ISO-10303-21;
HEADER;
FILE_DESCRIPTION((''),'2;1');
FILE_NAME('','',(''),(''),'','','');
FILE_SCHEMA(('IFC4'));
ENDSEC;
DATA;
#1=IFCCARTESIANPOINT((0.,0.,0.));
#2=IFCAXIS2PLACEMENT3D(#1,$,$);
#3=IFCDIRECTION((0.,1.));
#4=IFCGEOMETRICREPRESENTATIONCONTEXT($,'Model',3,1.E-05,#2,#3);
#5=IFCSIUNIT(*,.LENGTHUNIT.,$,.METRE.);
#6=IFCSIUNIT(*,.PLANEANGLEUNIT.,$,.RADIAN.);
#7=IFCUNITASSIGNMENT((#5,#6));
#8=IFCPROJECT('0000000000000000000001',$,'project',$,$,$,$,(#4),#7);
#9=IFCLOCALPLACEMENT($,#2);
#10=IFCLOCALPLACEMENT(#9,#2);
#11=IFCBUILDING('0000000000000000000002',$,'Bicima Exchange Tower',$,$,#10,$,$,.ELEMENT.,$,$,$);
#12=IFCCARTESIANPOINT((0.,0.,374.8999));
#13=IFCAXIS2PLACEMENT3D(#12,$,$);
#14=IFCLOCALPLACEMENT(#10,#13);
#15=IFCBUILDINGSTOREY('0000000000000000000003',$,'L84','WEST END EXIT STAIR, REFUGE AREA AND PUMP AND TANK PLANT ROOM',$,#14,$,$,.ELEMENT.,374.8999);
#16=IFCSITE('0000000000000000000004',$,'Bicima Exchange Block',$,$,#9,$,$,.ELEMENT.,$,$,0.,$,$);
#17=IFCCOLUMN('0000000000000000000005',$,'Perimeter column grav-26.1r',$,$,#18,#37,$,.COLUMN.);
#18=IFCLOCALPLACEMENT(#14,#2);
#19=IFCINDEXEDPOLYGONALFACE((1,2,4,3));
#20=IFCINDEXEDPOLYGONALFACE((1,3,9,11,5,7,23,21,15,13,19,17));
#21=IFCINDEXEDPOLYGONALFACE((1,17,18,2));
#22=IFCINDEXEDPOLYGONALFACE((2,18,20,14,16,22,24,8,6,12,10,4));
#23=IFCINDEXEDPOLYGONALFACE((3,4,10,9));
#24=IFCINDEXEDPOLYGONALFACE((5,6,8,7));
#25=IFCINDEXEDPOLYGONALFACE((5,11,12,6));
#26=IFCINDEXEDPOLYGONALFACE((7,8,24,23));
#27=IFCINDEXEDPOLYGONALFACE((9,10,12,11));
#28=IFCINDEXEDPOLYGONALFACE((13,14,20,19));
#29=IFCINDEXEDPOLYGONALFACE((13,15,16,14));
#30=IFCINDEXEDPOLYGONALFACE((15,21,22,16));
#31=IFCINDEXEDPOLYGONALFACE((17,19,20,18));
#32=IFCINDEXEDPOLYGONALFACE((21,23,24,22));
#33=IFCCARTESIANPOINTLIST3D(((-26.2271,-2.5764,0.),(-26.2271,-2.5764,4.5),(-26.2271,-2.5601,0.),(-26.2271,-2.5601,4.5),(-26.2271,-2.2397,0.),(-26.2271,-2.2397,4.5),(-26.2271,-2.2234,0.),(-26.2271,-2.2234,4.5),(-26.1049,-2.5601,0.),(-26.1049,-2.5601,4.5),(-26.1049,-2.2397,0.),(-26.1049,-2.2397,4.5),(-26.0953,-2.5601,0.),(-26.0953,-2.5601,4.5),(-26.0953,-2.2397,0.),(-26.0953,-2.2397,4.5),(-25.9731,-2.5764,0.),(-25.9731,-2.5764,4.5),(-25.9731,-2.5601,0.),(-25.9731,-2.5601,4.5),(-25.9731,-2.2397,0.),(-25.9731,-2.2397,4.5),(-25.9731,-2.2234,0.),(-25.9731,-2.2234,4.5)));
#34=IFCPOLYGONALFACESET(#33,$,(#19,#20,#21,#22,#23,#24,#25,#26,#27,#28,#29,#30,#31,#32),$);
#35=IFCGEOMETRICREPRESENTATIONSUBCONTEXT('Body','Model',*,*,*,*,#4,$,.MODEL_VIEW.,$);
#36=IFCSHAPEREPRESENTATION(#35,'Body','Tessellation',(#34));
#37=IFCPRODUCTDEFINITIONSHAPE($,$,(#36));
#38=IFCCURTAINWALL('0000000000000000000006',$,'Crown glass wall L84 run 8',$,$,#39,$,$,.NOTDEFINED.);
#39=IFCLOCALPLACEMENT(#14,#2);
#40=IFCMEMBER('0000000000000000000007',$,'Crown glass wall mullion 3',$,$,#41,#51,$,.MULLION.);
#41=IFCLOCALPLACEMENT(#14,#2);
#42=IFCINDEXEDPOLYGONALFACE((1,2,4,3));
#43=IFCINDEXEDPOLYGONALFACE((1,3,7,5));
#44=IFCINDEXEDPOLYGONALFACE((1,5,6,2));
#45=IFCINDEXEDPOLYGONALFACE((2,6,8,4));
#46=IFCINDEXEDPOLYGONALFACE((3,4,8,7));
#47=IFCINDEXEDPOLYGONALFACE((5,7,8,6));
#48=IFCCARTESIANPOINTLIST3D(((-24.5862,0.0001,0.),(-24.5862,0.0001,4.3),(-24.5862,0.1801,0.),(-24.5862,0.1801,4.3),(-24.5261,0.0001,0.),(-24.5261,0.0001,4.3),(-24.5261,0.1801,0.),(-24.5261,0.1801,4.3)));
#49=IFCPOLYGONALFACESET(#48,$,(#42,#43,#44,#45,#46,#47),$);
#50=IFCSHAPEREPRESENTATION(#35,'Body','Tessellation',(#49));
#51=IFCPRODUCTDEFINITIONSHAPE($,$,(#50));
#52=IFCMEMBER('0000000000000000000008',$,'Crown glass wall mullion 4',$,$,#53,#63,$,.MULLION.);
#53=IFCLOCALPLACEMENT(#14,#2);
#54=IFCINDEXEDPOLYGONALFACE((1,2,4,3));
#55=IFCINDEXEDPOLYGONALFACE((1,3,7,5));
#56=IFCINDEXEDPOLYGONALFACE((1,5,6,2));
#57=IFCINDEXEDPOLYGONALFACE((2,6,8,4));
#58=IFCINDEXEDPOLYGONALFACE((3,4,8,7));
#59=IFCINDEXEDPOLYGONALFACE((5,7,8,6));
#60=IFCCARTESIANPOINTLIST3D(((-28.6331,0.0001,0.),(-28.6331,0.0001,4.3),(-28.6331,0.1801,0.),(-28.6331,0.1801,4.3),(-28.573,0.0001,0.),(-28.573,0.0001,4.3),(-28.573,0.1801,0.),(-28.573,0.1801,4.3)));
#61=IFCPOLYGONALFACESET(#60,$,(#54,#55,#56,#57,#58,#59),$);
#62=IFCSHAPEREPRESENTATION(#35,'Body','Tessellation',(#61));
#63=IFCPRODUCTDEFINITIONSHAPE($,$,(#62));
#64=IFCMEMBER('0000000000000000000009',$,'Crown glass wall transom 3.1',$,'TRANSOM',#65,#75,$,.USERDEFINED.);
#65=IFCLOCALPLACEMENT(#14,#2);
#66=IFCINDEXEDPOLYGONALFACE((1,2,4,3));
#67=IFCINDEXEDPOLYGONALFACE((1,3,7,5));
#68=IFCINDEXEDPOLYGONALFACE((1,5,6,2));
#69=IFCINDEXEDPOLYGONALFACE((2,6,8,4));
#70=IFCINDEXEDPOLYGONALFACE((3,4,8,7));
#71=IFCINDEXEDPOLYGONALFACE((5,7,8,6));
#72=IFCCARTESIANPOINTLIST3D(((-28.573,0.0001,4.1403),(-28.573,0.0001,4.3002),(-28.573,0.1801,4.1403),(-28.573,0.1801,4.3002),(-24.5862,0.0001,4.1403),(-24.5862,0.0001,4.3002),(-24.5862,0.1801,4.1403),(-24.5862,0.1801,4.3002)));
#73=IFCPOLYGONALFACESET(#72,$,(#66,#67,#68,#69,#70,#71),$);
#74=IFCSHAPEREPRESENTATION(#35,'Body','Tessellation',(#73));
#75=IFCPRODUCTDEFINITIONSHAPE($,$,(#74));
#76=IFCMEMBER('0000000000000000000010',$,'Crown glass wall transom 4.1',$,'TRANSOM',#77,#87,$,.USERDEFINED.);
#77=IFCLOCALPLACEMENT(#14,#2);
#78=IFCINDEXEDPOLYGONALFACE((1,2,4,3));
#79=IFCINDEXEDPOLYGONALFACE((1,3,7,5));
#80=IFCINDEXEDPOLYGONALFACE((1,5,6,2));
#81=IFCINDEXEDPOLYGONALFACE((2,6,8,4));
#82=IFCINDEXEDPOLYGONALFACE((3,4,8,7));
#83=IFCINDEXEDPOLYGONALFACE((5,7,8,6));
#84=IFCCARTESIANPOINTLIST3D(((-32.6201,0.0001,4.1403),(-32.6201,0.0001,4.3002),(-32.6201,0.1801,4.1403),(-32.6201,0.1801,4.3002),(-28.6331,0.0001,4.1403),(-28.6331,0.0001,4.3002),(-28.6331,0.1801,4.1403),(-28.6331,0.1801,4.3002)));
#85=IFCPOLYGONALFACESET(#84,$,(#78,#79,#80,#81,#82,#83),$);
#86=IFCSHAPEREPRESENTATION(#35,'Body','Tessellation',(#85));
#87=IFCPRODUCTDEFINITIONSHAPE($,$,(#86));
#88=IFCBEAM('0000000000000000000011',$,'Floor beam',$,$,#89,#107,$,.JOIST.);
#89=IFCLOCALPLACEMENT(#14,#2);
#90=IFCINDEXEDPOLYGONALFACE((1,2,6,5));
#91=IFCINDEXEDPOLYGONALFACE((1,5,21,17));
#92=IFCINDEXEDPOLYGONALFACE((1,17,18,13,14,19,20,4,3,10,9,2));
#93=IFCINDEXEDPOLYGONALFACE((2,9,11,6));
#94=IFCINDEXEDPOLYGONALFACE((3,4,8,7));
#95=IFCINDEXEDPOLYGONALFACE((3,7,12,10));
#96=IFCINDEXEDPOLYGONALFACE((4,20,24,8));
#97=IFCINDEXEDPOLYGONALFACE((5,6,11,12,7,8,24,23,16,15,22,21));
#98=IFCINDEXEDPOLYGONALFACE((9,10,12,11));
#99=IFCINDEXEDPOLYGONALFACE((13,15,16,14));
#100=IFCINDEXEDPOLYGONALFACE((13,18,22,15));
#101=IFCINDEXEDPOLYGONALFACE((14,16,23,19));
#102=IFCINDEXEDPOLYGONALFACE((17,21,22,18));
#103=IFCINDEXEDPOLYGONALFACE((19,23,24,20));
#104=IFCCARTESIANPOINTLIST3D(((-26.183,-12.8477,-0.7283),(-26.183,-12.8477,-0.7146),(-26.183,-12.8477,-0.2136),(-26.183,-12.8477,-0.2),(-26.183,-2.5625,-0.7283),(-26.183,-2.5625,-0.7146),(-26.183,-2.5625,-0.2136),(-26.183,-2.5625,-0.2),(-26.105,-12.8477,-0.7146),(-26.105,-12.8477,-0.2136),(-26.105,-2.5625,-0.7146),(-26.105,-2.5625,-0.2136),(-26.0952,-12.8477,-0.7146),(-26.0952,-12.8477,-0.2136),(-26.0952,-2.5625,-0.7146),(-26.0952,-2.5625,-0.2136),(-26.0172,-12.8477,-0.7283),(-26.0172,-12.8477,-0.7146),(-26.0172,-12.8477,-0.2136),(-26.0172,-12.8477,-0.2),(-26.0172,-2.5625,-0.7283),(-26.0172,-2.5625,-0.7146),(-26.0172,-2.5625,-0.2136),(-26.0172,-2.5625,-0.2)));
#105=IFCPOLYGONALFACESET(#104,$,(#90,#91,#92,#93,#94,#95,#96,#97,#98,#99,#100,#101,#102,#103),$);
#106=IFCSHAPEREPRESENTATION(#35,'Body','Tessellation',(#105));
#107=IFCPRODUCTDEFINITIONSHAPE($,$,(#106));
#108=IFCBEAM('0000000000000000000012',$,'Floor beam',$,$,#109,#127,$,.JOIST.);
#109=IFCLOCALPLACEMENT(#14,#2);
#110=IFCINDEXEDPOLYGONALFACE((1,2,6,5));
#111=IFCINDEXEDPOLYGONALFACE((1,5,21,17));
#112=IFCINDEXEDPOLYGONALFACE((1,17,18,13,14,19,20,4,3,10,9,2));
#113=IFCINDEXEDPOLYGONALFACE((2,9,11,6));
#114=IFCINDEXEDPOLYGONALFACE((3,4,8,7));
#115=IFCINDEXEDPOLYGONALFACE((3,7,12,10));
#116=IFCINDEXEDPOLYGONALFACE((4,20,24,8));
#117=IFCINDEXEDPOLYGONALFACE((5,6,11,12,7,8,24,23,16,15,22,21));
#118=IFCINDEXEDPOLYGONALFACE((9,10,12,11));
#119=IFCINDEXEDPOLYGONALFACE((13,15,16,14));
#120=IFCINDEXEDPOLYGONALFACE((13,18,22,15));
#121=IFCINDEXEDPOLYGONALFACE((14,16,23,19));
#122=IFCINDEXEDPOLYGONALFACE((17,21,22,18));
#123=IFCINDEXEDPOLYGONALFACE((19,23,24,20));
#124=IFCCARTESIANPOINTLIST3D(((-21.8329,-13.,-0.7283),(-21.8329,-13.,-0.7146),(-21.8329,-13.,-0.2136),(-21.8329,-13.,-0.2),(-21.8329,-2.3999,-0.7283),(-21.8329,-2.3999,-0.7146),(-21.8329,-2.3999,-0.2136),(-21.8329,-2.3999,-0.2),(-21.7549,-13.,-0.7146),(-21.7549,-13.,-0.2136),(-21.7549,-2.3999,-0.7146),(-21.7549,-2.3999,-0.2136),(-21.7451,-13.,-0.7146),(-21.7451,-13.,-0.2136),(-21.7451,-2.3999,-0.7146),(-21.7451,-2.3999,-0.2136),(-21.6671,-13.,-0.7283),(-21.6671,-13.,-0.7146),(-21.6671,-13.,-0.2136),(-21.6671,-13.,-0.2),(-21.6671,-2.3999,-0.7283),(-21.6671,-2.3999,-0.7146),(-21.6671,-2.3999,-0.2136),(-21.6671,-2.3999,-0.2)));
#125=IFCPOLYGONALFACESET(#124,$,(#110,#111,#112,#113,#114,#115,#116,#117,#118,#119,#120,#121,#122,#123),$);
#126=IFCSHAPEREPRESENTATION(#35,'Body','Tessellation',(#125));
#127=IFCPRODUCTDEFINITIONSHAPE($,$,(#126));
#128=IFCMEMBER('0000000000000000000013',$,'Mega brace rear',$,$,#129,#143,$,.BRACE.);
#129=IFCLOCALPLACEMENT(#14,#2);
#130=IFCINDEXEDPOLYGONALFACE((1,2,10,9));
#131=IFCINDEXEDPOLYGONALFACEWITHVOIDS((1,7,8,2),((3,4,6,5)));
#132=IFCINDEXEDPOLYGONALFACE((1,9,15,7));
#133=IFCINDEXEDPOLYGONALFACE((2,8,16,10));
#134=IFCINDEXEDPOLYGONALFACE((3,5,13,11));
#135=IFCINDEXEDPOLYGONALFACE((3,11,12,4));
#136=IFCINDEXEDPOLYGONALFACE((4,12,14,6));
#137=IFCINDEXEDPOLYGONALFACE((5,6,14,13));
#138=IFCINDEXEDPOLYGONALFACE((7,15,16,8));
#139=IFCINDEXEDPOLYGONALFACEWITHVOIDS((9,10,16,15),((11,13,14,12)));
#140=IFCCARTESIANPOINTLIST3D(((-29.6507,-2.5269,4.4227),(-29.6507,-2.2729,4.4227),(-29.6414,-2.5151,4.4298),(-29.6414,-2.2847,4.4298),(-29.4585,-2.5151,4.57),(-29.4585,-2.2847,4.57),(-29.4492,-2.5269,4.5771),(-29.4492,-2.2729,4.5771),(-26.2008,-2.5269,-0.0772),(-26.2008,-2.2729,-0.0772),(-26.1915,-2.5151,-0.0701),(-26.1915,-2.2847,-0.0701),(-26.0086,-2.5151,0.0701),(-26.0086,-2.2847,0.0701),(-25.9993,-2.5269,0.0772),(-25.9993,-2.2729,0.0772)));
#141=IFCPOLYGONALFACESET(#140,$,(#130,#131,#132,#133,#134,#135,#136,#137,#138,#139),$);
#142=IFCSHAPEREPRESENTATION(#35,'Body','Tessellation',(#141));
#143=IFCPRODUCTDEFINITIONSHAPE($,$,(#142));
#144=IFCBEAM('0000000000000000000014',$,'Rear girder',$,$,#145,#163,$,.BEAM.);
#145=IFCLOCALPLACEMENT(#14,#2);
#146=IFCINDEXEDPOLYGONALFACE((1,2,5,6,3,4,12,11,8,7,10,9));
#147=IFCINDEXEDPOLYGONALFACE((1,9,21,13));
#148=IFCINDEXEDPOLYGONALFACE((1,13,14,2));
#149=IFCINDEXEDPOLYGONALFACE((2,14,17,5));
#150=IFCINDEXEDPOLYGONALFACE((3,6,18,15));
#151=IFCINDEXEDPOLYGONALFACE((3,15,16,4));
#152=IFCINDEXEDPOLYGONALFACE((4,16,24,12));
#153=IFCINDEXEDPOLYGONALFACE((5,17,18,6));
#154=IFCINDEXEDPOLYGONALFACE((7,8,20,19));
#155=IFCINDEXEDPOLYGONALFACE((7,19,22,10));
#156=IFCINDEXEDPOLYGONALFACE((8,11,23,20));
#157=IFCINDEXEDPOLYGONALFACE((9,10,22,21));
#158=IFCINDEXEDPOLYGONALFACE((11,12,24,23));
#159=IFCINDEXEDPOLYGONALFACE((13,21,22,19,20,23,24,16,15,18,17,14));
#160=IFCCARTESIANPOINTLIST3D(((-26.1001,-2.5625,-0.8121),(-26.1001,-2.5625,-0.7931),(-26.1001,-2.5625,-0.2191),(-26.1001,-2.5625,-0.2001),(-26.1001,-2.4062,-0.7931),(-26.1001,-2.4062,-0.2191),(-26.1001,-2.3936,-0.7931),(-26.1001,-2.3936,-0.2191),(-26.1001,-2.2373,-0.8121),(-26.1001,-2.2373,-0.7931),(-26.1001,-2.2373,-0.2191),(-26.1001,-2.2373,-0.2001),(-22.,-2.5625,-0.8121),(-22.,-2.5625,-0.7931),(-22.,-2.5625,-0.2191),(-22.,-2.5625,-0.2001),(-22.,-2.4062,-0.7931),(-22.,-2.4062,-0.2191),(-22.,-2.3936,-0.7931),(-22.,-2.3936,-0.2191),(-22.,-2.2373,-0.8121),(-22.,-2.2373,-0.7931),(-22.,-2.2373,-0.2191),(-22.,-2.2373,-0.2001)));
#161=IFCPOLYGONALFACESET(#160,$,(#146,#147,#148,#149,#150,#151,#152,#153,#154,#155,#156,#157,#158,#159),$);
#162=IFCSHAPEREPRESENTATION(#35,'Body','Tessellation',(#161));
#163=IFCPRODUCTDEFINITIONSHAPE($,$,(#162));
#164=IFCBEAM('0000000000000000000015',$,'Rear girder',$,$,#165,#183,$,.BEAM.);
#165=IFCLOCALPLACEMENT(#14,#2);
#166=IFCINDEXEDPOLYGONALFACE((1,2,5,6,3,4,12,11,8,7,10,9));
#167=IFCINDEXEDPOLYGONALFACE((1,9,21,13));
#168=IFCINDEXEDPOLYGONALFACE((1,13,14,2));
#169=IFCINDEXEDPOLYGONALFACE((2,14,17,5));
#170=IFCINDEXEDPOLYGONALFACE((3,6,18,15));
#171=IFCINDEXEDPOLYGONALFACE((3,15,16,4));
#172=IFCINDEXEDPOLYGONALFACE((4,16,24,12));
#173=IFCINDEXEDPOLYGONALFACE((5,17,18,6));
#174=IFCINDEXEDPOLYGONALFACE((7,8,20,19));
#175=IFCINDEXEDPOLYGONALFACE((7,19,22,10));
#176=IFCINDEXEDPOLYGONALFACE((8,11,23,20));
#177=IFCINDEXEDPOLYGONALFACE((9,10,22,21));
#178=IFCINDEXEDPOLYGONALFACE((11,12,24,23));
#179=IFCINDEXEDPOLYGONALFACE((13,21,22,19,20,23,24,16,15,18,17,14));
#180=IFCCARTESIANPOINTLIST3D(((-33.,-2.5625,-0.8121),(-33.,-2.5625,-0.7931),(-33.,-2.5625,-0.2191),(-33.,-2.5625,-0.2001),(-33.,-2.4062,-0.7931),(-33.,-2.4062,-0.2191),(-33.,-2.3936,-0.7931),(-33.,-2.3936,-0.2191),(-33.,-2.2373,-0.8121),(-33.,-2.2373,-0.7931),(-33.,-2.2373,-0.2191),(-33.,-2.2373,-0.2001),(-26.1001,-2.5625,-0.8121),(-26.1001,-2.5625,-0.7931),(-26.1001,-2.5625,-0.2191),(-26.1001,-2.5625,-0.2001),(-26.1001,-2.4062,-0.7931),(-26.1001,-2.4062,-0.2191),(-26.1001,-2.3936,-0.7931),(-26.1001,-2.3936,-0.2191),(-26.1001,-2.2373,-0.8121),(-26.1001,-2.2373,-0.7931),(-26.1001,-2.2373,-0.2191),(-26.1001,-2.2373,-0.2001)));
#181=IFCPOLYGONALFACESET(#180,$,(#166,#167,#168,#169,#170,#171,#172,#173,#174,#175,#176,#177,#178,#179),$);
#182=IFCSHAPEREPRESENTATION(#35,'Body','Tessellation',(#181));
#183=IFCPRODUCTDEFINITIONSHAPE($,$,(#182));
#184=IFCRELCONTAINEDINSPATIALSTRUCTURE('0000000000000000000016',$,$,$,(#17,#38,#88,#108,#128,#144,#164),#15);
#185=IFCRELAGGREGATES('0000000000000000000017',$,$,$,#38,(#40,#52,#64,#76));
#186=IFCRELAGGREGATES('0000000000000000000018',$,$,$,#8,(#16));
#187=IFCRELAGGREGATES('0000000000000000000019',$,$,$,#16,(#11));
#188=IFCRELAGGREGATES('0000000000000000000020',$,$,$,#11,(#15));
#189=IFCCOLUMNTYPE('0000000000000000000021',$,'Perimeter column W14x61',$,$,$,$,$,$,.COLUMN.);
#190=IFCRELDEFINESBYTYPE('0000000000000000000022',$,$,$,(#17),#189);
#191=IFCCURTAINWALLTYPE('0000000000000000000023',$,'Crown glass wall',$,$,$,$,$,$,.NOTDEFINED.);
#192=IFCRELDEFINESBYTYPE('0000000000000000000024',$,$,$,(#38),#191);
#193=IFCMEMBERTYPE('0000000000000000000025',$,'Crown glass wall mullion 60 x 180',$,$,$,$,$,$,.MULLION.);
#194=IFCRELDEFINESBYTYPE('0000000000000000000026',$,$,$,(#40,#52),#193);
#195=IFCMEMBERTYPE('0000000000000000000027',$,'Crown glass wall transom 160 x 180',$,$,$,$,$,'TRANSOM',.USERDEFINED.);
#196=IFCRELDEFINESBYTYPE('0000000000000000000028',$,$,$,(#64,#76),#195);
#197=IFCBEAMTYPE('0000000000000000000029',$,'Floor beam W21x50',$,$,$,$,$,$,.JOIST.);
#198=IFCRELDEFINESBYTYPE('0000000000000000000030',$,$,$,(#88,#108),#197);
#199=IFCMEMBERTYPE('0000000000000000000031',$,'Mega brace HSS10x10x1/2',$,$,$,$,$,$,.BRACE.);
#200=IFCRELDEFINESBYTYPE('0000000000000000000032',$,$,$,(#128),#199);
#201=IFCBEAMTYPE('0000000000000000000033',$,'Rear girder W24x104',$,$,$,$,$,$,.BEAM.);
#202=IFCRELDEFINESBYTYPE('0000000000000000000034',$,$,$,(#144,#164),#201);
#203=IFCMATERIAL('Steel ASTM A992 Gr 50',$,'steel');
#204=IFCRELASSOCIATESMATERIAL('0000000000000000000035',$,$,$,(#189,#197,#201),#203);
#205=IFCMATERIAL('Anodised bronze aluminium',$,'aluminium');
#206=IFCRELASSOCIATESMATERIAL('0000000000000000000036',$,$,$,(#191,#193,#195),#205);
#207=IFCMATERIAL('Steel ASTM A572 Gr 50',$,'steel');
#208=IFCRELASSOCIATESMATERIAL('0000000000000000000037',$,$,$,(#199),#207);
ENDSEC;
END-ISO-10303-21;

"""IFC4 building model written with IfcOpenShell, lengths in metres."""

from ifc_helpers import new_model, si_unit, direction, frame, origin, origin_2d, place, context, subcontext, project, spatial, rectangle, hollow_rectangle, i_section, extrude, material, material_profile, profile_set, type_object, element, aggregate, save


model = new_model("IFC4")

# Units and contexts
model_context = context("Model", 3, precision=1e-05, world=origin(), true_north=direction((0.0, 1.0)))
body_context = subcontext(model_context, "Body", "Model", "MODEL_VIEW")
ifc_project = project(units=[si_unit("LENGTHUNIT", "METRE"), si_unit("PLANEANGLEUNIT", "RADIAN")], contexts=[model_context])

# Site, building, storey
site_placement = place(None, origin())
site = spatial("IfcSite", under=ifc_project, at=site_placement, Name="Bicima Exchange Block", CompositionType="ELEMENT", RefElevation=0.0)
building_placement = place(site_placement, origin())
building = spatial("IfcBuilding", under=site, at=building_placement, Name="Bicima Exchange Tower", CompositionType="ELEMENT")
storey_placement = place(building_placement, frame((0.0, 0.0, 374.8999)))
storey = spatial("IfcBuildingStorey", under=building, at=storey_placement, Name="L84", Description="WEST END EXIT STAIR, REFUGE AREA AND PUMP AND TANK PLANT ROOM", CompositionType="ELEMENT", Elevation=374.8999)

# Column
ifc_material_1 = material(Name="Steel ASTM A992 Gr 50", Category="steel")
ifc_material_profile_1 = material_profile(ifc_material_1, i_section(OverallWidth=0.2539, OverallDepth=0.353, WebThickness=0.0095, FlangeThickness=0.0164, at=origin_2d()))
ifc_profile_set_1 = profile_set([ifc_material_profile_1], Name="Steel ASTM A992 Gr 50")
column_type = type_object("IfcColumnType", Name="Perimeter column W14x61", PredefinedType="COLUMN", material=ifc_profile_set_1)
column_placement = place(storey_placement, frame((-26.1001, -2.3999, 0.0), z_axis=(0.0, 0.0, 1.0), x_axis=(1.0, 0.0, 0.0)))
element("IfcColumn", 1, at=column_placement, inside=storey, type_object=column_type, Name="Perimeter column grav-26.1r", PredefinedType="COLUMN", context=body_context, shape_type="SweptSolid", body=[
    extrude(i_section(OverallWidth=0.2539, OverallDepth=0.353, WebThickness=0.0095, FlangeThickness=0.0164, at=origin_2d()), origin(), (0.0, 0.0, 1.0), 4.5),
])

# Curtain wall, members
ifc_material_2 = material(Name="Anodised bronze aluminium", Category="aluminium")
curtain_wall_type = type_object("IfcCurtainWallType", Name="Crown glass wall", PredefinedType="NOTDEFINED", material=ifc_material_2)
curtain_wall_placement = place(storey_placement, origin())
curtain_wall = element("IfcCurtainWall", 2, at=curtain_wall_placement, inside=storey, type_object=curtain_wall_type, Name="Crown glass wall L84 run 8", PredefinedType="NOTDEFINED")
ifc_material_profile_2 = material_profile(ifc_material_2, rectangle(XDim=0.1799, YDim=0.0601, at=origin_2d()))
ifc_profile_set_2 = profile_set([ifc_material_profile_2], Name="Anodised bronze aluminium")
member_type_1 = type_object("IfcMemberType", Name="Crown glass wall mullion 60 x 180", PredefinedType="MULLION", material=ifc_profile_set_2)
member_1_placement = place(storey_placement, frame((-24.5562, 0.0901, 0.0), z_axis=(0.0, 0.0, 1.0), x_axis=(0.0, -1.0, 0.0)))
member_1 = element("IfcMember", 3, at=member_1_placement, type_object=member_type_1, Name="Crown glass wall mullion 3", PredefinedType="MULLION", context=body_context, shape_type="SweptSolid", body=[
    extrude(rectangle(XDim=0.1799, YDim=0.0601, at=origin_2d()), origin(), (0.0, 0.0, 1.0), 4.3),
])
member_2_placement = place(storey_placement, frame((-28.603, 0.0901, 0.0), z_axis=(0.0, 0.0, 1.0), x_axis=(0.0, -1.0, 0.0)))
member_2 = element("IfcMember", 4, at=member_2_placement, type_object=member_type_1, Name="Crown glass wall mullion 4", PredefinedType="MULLION", context=body_context, shape_type="SweptSolid", body=[
    extrude(rectangle(XDim=0.1799, YDim=0.0601, at=origin_2d()), origin(), (0.0, 0.0, 1.0), 4.3),
])
ifc_material_profile_3 = material_profile(ifc_material_2, rectangle(XDim=0.1799, YDim=0.1599, at=origin_2d()))
ifc_profile_set_3 = profile_set([ifc_material_profile_3], Name="Anodised bronze aluminium")
member_type_2 = type_object("IfcMemberType", Name="Crown glass wall transom 160 x 180", ElementType="TRANSOM", PredefinedType="USERDEFINED", material=ifc_profile_set_3)
member_3_placement = place(storey_placement, frame((-24.5862, 0.0901, 4.2202), z_axis=(-1.0, 0.0, 0.0), x_axis=(0.0, -1.0, 0.0)))
member_3 = element("IfcMember", 5, at=member_3_placement, type_object=member_type_2, Name="Crown glass wall transom 3.1", ObjectType="TRANSOM", PredefinedType="USERDEFINED", context=body_context, shape_type="SweptSolid", body=[
    extrude(rectangle(XDim=0.1799, YDim=0.1599, at=origin_2d()), origin(), (0.0, 0.0, 1.0), 3.9868),
])
member_4_placement = place(storey_placement, frame((-28.6331, 0.0901, 4.2202), z_axis=(-1.0, 0.0, 0.0), x_axis=(0.0, -1.0, 0.0)))
member_4 = element("IfcMember", 6, at=member_4_placement, type_object=member_type_2, Name="Crown glass wall transom 4.1", ObjectType="TRANSOM", PredefinedType="USERDEFINED", context=body_context, shape_type="SweptSolid", body=[
    extrude(rectangle(XDim=0.1799, YDim=0.1599, at=origin_2d()), origin(), (0.0, 0.0, 1.0), 3.9871),
])

# Beams
ifc_material_profile_4 = material_profile(ifc_material_1, i_section(OverallWidth=0.1658, OverallDepth=0.5283, WebThickness=0.0098, FlangeThickness=0.0137, at=origin_2d()))
ifc_profile_set_4 = profile_set([ifc_material_profile_4], Name="Steel ASTM A992 Gr 50")
beam_type_1 = type_object("IfcBeamType", Name="Floor beam W21x50", PredefinedType="JOIST", material=ifc_profile_set_4)
beam_1_placement = place(storey_placement, frame((-26.1001, -2.5625, -0.4641), z_axis=(0.0, -1.0, 0.0), x_axis=(1.0, 0.0, 0.0)))
element("IfcBeam", 7, at=beam_1_placement, inside=storey, type_object=beam_type_1, Name="Floor beam", PredefinedType="JOIST", context=body_context, shape_type="SweptSolid", body=[
    extrude(i_section(OverallWidth=0.1658, OverallDepth=0.5283, WebThickness=0.0098, FlangeThickness=0.0137, at=origin_2d()), origin(), (0.0, 0.0, 1.0), 10.2852),
])
beam_2_placement = place(storey_placement, frame((-21.75, -2.3999, -0.4641), z_axis=(0.0, -1.0, 0.0), x_axis=(1.0, 0.0, 0.0)))
element("IfcBeam", 8, at=beam_2_placement, inside=storey, type_object=beam_type_1, Name="Floor beam", PredefinedType="JOIST", context=body_context, shape_type="SweptSolid", body=[
    extrude(i_section(OverallWidth=0.1658, OverallDepth=0.5283, WebThickness=0.0098, FlangeThickness=0.0137, at=origin_2d()), origin(), (0.0, 0.0, 1.0), 10.6001),
])

# Member
ifc_material_3 = material(Name="Steel ASTM A572 Gr 50", Category="steel")
ifc_material_profile_5 = material_profile(ifc_material_3, hollow_rectangle(XDim=0.2539, YDim=0.2539, WallThickness=0.0117, at=origin_2d()))
ifc_profile_set_5 = profile_set([ifc_material_profile_5], Name="Steel ASTM A572 Gr 50")
member_type_3 = type_object("IfcMemberType", Name="Mega brace HSS10x10x1/2", PredefinedType="BRACE", material=ifc_profile_set_5)
member_5_placement = place(storey_placement, frame((-26.1001, -2.3999, 0.0), z_axis=(-0.608426, 0.0, 0.793611), x_axis=(0.0, -1.0, 0.0)))
element("IfcMember", 9, at=member_5_placement, inside=storey, type_object=member_type_3, Name="Mega brace rear", PredefinedType="BRACE", context=body_context, shape_type="SweptSolid", body=[
    extrude(hollow_rectangle(XDim=0.2539, YDim=0.2539, WallThickness=0.0117, at=origin_2d()), origin(), (0.0, 0.0, 1.0), 5.6702),
])

# Beams
ifc_material_profile_6 = material_profile(ifc_material_1, i_section(OverallWidth=0.3252, OverallDepth=0.6121, WebThickness=0.0127, FlangeThickness=0.019, at=origin_2d()))
ifc_profile_set_6 = profile_set([ifc_material_profile_6], Name="Steel ASTM A992 Gr 50")
beam_type_2 = type_object("IfcBeamType", Name="Rear girder W24x104", PredefinedType="BEAM", material=ifc_profile_set_6)
beam_3_placement = place(storey_placement, frame((-22.0, -2.3999, -0.5061), z_axis=(-1.0, 0.0, 0.0), x_axis=(0.0, -1.0, 0.0)))
element("IfcBeam", 10, at=beam_3_placement, inside=storey, type_object=beam_type_2, Name="Rear girder", PredefinedType="BEAM", context=body_context, shape_type="SweptSolid", body=[
    extrude(i_section(OverallWidth=0.3252, OverallDepth=0.6121, WebThickness=0.0127, FlangeThickness=0.019, at=origin_2d()), origin(), (0.0, 0.0, 1.0), 4.1001),
])
beam_4_placement = place(storey_placement, frame((-26.1001, -2.3999, -0.5061), z_axis=(-1.0, 0.0, 0.0), x_axis=(0.0, -1.0, 0.0)))
element("IfcBeam", 11, at=beam_4_placement, inside=storey, type_object=beam_type_2, Name="Rear girder", PredefinedType="BEAM", context=body_context, shape_type="SweptSolid", body=[
    extrude(i_section(OverallWidth=0.3252, OverallDepth=0.6121, WebThickness=0.0127, FlangeThickness=0.019, at=origin_2d()), origin(), (0.0, 0.0, 1.0), 6.8999),
])

aggregate(curtain_wall, [member_1, member_2, member_3, member_4])

save(model, "model.ifc")
